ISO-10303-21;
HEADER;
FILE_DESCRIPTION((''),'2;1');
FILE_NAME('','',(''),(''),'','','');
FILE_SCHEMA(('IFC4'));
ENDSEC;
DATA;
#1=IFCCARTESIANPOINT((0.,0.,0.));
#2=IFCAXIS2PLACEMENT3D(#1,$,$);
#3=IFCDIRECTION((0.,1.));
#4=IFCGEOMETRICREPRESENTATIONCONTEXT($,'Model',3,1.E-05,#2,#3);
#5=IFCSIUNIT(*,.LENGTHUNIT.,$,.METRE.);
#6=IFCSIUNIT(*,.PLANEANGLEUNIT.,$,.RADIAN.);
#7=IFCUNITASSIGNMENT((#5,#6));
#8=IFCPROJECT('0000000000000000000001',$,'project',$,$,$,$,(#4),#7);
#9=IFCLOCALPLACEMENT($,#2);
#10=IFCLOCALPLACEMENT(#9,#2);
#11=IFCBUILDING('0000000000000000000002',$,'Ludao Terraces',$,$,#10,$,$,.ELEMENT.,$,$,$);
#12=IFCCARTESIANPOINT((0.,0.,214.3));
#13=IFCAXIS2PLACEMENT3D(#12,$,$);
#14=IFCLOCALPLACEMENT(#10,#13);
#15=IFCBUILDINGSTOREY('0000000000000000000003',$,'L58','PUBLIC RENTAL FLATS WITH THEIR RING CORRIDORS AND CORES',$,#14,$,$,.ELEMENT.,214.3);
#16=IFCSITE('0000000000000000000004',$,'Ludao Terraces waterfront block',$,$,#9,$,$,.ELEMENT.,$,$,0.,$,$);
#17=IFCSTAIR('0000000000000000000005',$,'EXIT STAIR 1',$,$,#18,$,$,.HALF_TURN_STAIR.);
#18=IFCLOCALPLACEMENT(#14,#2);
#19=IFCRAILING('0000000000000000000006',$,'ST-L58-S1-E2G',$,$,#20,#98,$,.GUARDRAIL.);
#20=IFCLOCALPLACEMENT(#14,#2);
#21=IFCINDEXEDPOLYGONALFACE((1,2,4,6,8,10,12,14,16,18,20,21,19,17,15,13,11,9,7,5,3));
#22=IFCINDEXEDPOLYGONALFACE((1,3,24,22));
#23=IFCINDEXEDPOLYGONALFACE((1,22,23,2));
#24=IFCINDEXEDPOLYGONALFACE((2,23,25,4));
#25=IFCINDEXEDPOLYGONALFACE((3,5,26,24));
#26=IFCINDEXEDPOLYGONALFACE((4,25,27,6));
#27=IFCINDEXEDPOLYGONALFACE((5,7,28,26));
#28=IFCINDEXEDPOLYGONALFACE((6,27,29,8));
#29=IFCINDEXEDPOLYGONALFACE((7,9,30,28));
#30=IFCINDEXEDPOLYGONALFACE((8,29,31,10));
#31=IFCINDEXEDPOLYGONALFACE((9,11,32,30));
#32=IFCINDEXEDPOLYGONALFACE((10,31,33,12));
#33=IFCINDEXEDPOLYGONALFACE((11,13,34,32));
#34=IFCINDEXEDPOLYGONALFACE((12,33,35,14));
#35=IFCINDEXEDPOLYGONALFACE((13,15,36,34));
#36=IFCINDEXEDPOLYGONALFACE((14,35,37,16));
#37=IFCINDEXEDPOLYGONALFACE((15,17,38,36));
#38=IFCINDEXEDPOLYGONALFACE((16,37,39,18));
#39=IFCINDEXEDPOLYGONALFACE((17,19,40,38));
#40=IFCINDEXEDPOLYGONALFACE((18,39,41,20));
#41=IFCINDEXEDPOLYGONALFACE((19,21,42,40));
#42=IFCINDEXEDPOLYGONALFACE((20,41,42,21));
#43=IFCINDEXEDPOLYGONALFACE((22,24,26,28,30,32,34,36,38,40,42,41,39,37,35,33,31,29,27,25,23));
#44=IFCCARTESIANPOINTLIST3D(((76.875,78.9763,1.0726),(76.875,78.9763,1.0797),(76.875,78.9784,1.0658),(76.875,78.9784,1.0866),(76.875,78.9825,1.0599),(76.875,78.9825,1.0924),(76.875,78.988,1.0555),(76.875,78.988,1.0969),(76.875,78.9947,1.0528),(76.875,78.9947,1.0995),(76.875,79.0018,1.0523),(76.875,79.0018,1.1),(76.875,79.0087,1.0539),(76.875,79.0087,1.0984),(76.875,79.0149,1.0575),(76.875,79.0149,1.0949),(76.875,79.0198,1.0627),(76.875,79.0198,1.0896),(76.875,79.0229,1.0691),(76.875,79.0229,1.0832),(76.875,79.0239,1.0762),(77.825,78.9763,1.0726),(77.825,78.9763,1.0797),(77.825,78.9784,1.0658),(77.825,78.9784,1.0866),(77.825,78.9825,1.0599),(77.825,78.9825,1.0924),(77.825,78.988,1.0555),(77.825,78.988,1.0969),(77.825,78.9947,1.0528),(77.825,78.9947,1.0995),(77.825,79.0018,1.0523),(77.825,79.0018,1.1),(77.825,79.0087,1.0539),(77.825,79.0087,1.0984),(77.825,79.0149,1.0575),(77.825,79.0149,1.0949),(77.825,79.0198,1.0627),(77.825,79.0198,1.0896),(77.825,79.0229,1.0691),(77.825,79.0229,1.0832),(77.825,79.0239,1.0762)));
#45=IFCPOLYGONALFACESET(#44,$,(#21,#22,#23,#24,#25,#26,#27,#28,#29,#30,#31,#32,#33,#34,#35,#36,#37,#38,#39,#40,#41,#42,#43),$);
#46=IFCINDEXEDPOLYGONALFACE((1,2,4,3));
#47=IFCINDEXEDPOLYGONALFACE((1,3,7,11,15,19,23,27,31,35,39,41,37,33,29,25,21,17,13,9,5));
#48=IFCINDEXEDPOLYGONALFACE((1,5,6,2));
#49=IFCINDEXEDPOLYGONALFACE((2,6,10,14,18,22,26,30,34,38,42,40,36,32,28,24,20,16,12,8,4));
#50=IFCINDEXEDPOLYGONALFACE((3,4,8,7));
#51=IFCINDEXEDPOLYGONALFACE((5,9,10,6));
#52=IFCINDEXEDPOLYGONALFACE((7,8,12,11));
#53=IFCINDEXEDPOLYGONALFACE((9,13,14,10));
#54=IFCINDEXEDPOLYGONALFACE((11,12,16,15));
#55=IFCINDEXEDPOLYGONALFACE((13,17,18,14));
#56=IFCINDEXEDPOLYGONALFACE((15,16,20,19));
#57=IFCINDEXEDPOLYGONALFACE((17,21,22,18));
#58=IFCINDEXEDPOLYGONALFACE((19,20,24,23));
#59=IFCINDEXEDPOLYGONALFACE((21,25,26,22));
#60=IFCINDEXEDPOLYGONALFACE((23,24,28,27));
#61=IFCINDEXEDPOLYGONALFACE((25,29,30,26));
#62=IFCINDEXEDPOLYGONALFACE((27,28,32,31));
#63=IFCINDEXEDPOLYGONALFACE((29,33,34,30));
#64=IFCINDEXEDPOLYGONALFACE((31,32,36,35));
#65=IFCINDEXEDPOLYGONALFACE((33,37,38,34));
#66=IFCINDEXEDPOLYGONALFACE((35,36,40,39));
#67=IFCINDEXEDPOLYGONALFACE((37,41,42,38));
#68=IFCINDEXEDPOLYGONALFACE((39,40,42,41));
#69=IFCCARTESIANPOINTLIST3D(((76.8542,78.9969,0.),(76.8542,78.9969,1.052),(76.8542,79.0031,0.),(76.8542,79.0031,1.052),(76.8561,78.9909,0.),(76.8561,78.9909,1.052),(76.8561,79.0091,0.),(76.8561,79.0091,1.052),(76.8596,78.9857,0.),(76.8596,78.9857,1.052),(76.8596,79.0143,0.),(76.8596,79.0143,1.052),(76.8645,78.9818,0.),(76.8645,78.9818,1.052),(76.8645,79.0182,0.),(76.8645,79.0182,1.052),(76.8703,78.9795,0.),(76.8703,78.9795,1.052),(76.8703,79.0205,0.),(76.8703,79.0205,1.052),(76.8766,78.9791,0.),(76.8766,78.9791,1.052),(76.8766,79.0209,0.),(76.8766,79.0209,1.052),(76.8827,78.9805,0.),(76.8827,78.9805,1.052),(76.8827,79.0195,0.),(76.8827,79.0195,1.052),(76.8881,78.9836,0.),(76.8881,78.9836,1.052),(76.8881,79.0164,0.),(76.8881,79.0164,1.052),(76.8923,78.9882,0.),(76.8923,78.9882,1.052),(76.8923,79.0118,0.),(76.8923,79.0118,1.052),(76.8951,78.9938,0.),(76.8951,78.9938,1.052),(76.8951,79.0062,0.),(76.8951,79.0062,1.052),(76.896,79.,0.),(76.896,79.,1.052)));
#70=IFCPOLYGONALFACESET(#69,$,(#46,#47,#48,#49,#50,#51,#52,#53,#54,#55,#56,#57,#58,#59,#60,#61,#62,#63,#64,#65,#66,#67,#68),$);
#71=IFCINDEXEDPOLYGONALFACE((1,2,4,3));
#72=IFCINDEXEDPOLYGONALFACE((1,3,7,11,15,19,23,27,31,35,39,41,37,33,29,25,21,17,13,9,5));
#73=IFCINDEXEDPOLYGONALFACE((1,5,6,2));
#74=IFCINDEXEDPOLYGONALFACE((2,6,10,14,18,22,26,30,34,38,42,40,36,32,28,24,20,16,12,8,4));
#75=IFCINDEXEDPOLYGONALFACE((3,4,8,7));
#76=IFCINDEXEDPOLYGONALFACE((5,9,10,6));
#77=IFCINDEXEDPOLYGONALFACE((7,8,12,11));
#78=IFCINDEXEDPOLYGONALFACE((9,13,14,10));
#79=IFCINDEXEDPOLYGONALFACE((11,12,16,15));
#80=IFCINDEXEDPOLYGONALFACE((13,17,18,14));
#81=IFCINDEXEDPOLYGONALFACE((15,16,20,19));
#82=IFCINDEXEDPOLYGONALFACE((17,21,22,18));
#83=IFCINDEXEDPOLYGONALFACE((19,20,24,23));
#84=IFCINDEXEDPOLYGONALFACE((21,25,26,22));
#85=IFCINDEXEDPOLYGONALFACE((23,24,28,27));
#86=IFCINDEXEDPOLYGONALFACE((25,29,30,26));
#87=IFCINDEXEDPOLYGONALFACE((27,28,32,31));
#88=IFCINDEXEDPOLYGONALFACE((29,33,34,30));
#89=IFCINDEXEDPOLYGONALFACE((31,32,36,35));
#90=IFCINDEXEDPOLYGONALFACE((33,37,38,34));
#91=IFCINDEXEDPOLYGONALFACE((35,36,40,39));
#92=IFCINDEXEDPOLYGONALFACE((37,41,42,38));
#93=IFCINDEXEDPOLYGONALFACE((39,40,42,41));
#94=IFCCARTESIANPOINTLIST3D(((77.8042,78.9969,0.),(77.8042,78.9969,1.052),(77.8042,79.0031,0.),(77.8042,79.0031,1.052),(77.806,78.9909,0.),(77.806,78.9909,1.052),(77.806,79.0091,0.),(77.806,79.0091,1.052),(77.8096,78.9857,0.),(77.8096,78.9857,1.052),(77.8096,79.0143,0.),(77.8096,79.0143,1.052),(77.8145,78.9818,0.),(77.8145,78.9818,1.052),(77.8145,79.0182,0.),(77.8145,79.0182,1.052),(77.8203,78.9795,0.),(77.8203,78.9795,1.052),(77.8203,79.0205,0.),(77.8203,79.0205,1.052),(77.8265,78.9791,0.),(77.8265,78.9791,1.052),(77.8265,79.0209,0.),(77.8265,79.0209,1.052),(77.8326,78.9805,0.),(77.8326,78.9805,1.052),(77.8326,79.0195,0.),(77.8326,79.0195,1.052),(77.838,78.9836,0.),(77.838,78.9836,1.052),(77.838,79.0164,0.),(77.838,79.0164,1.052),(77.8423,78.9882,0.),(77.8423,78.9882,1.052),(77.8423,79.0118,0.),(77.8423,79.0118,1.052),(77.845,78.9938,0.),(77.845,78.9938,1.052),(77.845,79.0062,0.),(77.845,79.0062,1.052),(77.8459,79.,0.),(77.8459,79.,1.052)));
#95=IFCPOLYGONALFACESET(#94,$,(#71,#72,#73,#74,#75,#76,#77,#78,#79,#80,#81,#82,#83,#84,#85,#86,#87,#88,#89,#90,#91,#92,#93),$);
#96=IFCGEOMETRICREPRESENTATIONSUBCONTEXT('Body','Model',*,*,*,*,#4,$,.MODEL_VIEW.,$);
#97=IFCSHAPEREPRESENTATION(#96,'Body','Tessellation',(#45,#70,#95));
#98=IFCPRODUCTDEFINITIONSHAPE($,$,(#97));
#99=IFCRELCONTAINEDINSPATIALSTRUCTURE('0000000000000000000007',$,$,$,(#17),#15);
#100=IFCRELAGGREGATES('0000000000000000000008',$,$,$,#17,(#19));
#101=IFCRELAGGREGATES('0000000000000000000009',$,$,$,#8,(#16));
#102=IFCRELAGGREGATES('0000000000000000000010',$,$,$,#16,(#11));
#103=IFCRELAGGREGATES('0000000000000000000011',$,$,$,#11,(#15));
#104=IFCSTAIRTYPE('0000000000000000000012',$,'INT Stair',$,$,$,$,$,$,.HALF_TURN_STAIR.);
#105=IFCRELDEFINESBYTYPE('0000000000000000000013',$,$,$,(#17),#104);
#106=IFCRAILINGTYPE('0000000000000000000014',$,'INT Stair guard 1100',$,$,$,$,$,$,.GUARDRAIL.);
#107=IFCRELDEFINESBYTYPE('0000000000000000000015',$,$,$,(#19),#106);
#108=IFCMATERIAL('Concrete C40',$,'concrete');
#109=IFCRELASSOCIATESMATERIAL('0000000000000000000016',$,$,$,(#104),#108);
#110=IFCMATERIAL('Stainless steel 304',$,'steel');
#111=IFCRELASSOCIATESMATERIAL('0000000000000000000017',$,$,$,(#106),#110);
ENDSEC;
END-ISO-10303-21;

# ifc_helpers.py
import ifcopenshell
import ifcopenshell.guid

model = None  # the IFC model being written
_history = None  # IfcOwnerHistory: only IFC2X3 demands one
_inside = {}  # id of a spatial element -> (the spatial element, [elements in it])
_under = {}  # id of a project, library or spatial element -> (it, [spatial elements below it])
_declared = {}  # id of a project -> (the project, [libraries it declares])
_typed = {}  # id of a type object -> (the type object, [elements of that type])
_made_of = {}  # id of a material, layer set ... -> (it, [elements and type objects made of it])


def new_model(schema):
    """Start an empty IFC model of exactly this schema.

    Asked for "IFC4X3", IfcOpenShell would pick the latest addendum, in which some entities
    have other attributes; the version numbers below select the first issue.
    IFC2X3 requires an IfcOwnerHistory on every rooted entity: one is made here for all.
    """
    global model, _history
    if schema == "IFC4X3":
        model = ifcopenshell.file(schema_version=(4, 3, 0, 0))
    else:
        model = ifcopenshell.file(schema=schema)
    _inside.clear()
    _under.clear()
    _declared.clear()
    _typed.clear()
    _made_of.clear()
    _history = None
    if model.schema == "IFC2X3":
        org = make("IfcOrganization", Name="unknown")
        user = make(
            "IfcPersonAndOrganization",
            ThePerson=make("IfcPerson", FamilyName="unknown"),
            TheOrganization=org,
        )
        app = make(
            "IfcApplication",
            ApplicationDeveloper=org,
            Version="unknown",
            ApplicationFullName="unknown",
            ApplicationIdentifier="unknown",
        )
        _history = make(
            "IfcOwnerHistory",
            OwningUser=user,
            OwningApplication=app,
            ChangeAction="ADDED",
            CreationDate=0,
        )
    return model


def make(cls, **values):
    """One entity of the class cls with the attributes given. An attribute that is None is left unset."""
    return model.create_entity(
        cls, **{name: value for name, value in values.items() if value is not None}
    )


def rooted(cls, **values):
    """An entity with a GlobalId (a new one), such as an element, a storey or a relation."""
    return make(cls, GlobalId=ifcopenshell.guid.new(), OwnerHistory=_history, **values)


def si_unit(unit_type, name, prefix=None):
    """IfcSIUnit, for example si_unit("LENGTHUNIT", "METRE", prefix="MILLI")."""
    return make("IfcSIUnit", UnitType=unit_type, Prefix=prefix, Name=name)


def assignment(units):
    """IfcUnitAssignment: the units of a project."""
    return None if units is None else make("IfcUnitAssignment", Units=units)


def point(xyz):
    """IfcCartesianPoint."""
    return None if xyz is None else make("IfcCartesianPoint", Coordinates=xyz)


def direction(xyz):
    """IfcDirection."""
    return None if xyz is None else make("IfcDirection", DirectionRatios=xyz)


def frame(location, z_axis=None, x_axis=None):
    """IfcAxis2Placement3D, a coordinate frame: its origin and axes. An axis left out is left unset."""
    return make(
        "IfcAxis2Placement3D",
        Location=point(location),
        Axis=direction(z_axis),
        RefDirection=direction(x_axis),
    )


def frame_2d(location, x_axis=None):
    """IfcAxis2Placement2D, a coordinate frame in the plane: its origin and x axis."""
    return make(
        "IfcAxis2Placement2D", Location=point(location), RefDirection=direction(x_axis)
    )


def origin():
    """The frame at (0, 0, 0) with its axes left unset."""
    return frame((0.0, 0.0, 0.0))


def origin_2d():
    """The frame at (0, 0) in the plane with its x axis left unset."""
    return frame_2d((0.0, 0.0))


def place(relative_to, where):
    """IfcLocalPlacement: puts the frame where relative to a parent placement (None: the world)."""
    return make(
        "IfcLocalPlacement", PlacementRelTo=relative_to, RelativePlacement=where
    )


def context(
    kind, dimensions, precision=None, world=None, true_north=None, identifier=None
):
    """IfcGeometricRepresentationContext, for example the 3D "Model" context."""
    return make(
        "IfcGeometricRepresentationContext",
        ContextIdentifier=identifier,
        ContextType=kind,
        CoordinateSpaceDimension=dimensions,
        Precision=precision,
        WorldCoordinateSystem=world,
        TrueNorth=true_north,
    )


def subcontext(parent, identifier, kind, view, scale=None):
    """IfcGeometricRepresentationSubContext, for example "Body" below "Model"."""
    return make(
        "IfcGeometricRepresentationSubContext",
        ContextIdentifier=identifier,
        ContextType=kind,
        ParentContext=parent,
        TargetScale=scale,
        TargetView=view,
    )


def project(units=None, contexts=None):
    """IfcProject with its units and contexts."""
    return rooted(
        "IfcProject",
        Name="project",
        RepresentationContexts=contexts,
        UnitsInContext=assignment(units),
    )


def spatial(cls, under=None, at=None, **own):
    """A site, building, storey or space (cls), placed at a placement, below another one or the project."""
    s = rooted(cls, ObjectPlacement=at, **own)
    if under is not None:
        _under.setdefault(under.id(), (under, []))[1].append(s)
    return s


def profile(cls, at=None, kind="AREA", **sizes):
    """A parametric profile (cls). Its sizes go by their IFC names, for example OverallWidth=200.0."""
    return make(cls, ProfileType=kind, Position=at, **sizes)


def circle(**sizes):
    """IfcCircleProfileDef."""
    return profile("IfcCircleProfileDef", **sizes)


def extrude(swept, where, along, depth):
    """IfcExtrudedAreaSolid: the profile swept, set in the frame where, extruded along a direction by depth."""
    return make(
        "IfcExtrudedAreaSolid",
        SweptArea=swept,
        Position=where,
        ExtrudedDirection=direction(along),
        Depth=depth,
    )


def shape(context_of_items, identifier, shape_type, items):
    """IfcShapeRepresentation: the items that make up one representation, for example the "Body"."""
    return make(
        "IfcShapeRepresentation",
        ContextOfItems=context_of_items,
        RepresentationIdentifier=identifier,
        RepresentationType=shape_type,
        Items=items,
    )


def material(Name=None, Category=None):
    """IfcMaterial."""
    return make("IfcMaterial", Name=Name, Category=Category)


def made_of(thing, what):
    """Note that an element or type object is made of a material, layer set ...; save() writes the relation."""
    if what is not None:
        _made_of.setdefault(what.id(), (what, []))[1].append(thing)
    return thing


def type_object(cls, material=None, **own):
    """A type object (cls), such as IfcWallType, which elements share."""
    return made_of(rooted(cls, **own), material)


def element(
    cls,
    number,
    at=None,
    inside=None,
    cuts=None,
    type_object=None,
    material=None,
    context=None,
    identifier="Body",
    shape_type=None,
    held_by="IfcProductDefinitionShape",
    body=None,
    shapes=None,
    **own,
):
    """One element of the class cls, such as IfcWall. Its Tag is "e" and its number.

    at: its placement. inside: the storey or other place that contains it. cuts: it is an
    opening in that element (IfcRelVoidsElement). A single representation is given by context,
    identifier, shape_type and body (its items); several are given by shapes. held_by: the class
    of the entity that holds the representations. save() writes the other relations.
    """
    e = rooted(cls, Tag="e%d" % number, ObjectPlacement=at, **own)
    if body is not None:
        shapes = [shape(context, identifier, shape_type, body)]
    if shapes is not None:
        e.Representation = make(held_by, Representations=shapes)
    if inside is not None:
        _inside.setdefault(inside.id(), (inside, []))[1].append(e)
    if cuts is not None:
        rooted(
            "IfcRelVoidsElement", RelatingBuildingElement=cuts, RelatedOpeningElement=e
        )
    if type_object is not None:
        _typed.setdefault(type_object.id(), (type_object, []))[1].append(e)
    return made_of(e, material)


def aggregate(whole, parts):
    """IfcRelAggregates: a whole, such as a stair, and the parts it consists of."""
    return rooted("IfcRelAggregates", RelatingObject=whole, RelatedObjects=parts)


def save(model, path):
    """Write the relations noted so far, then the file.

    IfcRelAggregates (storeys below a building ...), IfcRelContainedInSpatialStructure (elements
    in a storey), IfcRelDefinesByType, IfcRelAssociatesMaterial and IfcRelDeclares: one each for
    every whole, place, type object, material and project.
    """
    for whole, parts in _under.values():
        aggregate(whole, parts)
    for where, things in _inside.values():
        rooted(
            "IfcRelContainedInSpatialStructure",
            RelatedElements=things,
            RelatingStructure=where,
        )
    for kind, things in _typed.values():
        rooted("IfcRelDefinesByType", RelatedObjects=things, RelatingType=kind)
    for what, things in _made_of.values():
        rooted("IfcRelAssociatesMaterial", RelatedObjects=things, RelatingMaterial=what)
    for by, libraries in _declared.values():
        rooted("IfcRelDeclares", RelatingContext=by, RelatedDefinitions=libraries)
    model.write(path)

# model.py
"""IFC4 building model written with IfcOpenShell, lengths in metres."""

from ifc_helpers import new_model, si_unit, direction, frame, origin, origin_2d, place, context, subcontext, project, spatial, circle, extrude, material, type_object, element, aggregate, save


model = new_model("IFC4")

# Units and contexts
model_context = context("Model", 3, precision=1e-05, world=origin(), true_north=direction((0.0, 1.0)))
body_context = subcontext(model_context, "Body", "Model", "MODEL_VIEW")
ifc_project = project(units=[si_unit("LENGTHUNIT", "METRE"), si_unit("PLANEANGLEUNIT", "RADIAN")], contexts=[model_context])

# Site, building, storey
site_placement = place(None, origin())
site = spatial("IfcSite", under=ifc_project, at=site_placement, Name="Ludao Terraces waterfront block", CompositionType="ELEMENT", RefElevation=0.0)
building_placement = place(site_placement, origin())
building = spatial("IfcBuilding", under=site, at=building_placement, Name="Ludao Terraces", CompositionType="ELEMENT")
storey_placement = place(building_placement, frame((0.0, 0.0, 214.3)))
storey = spatial("IfcBuildingStorey", under=building, at=storey_placement, Name="L58", Description="PUBLIC RENTAL FLATS WITH THEIR RING CORRIDORS AND CORES", CompositionType="ELEMENT", Elevation=214.3)

# Shared definitions
ifc_material_1 = material(Name="Concrete C40", Category="concrete")

# Stair, railing
stair_type = type_object("IfcStairType", Name="INT Stair", PredefinedType="HALF_TURN_STAIR", material=ifc_material_1)
stair_placement = place(storey_placement, origin())
stair = element("IfcStair", 1, at=stair_placement, inside=storey, type_object=stair_type, Name="EXIT STAIR 1", PredefinedType="HALF_TURN_STAIR")
ifc_material_2 = material(Name="Stainless steel 304", Category="steel")
railing_type_1 = type_object("IfcRailingType", Name="INT Stair guard 1100", PredefinedType="GUARDRAIL", material=ifc_material_2)
railing_1_placement = place(storey_placement, frame((76.875, 79.0, 0.0)))
railing_1 = element("IfcRailing", 2, at=railing_1_placement, type_object=railing_type_1, Name="ST-L58-S1-E2G", PredefinedType="GUARDRAIL", context=body_context, shape_type="SweptSolid", body=[
    extrude(circle(Radius=0.0239, at=origin_2d()), frame((0.0, 0.0, 1.0762), z_axis=(1.0, 0.0, 0.0), x_axis=(0.0, 1.0, 0.0)), (0.0, 0.0, 1.0), 0.95),
    extrude(circle(Radius=0.021, at=origin_2d()), origin(), (0.0, 0.0, 1.0), 1.052),
    extrude(circle(Radius=0.021, at=origin_2d()), frame((0.95, 0.0, 0.0)), (0.0, 0.0, 1.0), 1.052),
])
aggregate(stair, [railing_1])

save(model, "model.ifc")
